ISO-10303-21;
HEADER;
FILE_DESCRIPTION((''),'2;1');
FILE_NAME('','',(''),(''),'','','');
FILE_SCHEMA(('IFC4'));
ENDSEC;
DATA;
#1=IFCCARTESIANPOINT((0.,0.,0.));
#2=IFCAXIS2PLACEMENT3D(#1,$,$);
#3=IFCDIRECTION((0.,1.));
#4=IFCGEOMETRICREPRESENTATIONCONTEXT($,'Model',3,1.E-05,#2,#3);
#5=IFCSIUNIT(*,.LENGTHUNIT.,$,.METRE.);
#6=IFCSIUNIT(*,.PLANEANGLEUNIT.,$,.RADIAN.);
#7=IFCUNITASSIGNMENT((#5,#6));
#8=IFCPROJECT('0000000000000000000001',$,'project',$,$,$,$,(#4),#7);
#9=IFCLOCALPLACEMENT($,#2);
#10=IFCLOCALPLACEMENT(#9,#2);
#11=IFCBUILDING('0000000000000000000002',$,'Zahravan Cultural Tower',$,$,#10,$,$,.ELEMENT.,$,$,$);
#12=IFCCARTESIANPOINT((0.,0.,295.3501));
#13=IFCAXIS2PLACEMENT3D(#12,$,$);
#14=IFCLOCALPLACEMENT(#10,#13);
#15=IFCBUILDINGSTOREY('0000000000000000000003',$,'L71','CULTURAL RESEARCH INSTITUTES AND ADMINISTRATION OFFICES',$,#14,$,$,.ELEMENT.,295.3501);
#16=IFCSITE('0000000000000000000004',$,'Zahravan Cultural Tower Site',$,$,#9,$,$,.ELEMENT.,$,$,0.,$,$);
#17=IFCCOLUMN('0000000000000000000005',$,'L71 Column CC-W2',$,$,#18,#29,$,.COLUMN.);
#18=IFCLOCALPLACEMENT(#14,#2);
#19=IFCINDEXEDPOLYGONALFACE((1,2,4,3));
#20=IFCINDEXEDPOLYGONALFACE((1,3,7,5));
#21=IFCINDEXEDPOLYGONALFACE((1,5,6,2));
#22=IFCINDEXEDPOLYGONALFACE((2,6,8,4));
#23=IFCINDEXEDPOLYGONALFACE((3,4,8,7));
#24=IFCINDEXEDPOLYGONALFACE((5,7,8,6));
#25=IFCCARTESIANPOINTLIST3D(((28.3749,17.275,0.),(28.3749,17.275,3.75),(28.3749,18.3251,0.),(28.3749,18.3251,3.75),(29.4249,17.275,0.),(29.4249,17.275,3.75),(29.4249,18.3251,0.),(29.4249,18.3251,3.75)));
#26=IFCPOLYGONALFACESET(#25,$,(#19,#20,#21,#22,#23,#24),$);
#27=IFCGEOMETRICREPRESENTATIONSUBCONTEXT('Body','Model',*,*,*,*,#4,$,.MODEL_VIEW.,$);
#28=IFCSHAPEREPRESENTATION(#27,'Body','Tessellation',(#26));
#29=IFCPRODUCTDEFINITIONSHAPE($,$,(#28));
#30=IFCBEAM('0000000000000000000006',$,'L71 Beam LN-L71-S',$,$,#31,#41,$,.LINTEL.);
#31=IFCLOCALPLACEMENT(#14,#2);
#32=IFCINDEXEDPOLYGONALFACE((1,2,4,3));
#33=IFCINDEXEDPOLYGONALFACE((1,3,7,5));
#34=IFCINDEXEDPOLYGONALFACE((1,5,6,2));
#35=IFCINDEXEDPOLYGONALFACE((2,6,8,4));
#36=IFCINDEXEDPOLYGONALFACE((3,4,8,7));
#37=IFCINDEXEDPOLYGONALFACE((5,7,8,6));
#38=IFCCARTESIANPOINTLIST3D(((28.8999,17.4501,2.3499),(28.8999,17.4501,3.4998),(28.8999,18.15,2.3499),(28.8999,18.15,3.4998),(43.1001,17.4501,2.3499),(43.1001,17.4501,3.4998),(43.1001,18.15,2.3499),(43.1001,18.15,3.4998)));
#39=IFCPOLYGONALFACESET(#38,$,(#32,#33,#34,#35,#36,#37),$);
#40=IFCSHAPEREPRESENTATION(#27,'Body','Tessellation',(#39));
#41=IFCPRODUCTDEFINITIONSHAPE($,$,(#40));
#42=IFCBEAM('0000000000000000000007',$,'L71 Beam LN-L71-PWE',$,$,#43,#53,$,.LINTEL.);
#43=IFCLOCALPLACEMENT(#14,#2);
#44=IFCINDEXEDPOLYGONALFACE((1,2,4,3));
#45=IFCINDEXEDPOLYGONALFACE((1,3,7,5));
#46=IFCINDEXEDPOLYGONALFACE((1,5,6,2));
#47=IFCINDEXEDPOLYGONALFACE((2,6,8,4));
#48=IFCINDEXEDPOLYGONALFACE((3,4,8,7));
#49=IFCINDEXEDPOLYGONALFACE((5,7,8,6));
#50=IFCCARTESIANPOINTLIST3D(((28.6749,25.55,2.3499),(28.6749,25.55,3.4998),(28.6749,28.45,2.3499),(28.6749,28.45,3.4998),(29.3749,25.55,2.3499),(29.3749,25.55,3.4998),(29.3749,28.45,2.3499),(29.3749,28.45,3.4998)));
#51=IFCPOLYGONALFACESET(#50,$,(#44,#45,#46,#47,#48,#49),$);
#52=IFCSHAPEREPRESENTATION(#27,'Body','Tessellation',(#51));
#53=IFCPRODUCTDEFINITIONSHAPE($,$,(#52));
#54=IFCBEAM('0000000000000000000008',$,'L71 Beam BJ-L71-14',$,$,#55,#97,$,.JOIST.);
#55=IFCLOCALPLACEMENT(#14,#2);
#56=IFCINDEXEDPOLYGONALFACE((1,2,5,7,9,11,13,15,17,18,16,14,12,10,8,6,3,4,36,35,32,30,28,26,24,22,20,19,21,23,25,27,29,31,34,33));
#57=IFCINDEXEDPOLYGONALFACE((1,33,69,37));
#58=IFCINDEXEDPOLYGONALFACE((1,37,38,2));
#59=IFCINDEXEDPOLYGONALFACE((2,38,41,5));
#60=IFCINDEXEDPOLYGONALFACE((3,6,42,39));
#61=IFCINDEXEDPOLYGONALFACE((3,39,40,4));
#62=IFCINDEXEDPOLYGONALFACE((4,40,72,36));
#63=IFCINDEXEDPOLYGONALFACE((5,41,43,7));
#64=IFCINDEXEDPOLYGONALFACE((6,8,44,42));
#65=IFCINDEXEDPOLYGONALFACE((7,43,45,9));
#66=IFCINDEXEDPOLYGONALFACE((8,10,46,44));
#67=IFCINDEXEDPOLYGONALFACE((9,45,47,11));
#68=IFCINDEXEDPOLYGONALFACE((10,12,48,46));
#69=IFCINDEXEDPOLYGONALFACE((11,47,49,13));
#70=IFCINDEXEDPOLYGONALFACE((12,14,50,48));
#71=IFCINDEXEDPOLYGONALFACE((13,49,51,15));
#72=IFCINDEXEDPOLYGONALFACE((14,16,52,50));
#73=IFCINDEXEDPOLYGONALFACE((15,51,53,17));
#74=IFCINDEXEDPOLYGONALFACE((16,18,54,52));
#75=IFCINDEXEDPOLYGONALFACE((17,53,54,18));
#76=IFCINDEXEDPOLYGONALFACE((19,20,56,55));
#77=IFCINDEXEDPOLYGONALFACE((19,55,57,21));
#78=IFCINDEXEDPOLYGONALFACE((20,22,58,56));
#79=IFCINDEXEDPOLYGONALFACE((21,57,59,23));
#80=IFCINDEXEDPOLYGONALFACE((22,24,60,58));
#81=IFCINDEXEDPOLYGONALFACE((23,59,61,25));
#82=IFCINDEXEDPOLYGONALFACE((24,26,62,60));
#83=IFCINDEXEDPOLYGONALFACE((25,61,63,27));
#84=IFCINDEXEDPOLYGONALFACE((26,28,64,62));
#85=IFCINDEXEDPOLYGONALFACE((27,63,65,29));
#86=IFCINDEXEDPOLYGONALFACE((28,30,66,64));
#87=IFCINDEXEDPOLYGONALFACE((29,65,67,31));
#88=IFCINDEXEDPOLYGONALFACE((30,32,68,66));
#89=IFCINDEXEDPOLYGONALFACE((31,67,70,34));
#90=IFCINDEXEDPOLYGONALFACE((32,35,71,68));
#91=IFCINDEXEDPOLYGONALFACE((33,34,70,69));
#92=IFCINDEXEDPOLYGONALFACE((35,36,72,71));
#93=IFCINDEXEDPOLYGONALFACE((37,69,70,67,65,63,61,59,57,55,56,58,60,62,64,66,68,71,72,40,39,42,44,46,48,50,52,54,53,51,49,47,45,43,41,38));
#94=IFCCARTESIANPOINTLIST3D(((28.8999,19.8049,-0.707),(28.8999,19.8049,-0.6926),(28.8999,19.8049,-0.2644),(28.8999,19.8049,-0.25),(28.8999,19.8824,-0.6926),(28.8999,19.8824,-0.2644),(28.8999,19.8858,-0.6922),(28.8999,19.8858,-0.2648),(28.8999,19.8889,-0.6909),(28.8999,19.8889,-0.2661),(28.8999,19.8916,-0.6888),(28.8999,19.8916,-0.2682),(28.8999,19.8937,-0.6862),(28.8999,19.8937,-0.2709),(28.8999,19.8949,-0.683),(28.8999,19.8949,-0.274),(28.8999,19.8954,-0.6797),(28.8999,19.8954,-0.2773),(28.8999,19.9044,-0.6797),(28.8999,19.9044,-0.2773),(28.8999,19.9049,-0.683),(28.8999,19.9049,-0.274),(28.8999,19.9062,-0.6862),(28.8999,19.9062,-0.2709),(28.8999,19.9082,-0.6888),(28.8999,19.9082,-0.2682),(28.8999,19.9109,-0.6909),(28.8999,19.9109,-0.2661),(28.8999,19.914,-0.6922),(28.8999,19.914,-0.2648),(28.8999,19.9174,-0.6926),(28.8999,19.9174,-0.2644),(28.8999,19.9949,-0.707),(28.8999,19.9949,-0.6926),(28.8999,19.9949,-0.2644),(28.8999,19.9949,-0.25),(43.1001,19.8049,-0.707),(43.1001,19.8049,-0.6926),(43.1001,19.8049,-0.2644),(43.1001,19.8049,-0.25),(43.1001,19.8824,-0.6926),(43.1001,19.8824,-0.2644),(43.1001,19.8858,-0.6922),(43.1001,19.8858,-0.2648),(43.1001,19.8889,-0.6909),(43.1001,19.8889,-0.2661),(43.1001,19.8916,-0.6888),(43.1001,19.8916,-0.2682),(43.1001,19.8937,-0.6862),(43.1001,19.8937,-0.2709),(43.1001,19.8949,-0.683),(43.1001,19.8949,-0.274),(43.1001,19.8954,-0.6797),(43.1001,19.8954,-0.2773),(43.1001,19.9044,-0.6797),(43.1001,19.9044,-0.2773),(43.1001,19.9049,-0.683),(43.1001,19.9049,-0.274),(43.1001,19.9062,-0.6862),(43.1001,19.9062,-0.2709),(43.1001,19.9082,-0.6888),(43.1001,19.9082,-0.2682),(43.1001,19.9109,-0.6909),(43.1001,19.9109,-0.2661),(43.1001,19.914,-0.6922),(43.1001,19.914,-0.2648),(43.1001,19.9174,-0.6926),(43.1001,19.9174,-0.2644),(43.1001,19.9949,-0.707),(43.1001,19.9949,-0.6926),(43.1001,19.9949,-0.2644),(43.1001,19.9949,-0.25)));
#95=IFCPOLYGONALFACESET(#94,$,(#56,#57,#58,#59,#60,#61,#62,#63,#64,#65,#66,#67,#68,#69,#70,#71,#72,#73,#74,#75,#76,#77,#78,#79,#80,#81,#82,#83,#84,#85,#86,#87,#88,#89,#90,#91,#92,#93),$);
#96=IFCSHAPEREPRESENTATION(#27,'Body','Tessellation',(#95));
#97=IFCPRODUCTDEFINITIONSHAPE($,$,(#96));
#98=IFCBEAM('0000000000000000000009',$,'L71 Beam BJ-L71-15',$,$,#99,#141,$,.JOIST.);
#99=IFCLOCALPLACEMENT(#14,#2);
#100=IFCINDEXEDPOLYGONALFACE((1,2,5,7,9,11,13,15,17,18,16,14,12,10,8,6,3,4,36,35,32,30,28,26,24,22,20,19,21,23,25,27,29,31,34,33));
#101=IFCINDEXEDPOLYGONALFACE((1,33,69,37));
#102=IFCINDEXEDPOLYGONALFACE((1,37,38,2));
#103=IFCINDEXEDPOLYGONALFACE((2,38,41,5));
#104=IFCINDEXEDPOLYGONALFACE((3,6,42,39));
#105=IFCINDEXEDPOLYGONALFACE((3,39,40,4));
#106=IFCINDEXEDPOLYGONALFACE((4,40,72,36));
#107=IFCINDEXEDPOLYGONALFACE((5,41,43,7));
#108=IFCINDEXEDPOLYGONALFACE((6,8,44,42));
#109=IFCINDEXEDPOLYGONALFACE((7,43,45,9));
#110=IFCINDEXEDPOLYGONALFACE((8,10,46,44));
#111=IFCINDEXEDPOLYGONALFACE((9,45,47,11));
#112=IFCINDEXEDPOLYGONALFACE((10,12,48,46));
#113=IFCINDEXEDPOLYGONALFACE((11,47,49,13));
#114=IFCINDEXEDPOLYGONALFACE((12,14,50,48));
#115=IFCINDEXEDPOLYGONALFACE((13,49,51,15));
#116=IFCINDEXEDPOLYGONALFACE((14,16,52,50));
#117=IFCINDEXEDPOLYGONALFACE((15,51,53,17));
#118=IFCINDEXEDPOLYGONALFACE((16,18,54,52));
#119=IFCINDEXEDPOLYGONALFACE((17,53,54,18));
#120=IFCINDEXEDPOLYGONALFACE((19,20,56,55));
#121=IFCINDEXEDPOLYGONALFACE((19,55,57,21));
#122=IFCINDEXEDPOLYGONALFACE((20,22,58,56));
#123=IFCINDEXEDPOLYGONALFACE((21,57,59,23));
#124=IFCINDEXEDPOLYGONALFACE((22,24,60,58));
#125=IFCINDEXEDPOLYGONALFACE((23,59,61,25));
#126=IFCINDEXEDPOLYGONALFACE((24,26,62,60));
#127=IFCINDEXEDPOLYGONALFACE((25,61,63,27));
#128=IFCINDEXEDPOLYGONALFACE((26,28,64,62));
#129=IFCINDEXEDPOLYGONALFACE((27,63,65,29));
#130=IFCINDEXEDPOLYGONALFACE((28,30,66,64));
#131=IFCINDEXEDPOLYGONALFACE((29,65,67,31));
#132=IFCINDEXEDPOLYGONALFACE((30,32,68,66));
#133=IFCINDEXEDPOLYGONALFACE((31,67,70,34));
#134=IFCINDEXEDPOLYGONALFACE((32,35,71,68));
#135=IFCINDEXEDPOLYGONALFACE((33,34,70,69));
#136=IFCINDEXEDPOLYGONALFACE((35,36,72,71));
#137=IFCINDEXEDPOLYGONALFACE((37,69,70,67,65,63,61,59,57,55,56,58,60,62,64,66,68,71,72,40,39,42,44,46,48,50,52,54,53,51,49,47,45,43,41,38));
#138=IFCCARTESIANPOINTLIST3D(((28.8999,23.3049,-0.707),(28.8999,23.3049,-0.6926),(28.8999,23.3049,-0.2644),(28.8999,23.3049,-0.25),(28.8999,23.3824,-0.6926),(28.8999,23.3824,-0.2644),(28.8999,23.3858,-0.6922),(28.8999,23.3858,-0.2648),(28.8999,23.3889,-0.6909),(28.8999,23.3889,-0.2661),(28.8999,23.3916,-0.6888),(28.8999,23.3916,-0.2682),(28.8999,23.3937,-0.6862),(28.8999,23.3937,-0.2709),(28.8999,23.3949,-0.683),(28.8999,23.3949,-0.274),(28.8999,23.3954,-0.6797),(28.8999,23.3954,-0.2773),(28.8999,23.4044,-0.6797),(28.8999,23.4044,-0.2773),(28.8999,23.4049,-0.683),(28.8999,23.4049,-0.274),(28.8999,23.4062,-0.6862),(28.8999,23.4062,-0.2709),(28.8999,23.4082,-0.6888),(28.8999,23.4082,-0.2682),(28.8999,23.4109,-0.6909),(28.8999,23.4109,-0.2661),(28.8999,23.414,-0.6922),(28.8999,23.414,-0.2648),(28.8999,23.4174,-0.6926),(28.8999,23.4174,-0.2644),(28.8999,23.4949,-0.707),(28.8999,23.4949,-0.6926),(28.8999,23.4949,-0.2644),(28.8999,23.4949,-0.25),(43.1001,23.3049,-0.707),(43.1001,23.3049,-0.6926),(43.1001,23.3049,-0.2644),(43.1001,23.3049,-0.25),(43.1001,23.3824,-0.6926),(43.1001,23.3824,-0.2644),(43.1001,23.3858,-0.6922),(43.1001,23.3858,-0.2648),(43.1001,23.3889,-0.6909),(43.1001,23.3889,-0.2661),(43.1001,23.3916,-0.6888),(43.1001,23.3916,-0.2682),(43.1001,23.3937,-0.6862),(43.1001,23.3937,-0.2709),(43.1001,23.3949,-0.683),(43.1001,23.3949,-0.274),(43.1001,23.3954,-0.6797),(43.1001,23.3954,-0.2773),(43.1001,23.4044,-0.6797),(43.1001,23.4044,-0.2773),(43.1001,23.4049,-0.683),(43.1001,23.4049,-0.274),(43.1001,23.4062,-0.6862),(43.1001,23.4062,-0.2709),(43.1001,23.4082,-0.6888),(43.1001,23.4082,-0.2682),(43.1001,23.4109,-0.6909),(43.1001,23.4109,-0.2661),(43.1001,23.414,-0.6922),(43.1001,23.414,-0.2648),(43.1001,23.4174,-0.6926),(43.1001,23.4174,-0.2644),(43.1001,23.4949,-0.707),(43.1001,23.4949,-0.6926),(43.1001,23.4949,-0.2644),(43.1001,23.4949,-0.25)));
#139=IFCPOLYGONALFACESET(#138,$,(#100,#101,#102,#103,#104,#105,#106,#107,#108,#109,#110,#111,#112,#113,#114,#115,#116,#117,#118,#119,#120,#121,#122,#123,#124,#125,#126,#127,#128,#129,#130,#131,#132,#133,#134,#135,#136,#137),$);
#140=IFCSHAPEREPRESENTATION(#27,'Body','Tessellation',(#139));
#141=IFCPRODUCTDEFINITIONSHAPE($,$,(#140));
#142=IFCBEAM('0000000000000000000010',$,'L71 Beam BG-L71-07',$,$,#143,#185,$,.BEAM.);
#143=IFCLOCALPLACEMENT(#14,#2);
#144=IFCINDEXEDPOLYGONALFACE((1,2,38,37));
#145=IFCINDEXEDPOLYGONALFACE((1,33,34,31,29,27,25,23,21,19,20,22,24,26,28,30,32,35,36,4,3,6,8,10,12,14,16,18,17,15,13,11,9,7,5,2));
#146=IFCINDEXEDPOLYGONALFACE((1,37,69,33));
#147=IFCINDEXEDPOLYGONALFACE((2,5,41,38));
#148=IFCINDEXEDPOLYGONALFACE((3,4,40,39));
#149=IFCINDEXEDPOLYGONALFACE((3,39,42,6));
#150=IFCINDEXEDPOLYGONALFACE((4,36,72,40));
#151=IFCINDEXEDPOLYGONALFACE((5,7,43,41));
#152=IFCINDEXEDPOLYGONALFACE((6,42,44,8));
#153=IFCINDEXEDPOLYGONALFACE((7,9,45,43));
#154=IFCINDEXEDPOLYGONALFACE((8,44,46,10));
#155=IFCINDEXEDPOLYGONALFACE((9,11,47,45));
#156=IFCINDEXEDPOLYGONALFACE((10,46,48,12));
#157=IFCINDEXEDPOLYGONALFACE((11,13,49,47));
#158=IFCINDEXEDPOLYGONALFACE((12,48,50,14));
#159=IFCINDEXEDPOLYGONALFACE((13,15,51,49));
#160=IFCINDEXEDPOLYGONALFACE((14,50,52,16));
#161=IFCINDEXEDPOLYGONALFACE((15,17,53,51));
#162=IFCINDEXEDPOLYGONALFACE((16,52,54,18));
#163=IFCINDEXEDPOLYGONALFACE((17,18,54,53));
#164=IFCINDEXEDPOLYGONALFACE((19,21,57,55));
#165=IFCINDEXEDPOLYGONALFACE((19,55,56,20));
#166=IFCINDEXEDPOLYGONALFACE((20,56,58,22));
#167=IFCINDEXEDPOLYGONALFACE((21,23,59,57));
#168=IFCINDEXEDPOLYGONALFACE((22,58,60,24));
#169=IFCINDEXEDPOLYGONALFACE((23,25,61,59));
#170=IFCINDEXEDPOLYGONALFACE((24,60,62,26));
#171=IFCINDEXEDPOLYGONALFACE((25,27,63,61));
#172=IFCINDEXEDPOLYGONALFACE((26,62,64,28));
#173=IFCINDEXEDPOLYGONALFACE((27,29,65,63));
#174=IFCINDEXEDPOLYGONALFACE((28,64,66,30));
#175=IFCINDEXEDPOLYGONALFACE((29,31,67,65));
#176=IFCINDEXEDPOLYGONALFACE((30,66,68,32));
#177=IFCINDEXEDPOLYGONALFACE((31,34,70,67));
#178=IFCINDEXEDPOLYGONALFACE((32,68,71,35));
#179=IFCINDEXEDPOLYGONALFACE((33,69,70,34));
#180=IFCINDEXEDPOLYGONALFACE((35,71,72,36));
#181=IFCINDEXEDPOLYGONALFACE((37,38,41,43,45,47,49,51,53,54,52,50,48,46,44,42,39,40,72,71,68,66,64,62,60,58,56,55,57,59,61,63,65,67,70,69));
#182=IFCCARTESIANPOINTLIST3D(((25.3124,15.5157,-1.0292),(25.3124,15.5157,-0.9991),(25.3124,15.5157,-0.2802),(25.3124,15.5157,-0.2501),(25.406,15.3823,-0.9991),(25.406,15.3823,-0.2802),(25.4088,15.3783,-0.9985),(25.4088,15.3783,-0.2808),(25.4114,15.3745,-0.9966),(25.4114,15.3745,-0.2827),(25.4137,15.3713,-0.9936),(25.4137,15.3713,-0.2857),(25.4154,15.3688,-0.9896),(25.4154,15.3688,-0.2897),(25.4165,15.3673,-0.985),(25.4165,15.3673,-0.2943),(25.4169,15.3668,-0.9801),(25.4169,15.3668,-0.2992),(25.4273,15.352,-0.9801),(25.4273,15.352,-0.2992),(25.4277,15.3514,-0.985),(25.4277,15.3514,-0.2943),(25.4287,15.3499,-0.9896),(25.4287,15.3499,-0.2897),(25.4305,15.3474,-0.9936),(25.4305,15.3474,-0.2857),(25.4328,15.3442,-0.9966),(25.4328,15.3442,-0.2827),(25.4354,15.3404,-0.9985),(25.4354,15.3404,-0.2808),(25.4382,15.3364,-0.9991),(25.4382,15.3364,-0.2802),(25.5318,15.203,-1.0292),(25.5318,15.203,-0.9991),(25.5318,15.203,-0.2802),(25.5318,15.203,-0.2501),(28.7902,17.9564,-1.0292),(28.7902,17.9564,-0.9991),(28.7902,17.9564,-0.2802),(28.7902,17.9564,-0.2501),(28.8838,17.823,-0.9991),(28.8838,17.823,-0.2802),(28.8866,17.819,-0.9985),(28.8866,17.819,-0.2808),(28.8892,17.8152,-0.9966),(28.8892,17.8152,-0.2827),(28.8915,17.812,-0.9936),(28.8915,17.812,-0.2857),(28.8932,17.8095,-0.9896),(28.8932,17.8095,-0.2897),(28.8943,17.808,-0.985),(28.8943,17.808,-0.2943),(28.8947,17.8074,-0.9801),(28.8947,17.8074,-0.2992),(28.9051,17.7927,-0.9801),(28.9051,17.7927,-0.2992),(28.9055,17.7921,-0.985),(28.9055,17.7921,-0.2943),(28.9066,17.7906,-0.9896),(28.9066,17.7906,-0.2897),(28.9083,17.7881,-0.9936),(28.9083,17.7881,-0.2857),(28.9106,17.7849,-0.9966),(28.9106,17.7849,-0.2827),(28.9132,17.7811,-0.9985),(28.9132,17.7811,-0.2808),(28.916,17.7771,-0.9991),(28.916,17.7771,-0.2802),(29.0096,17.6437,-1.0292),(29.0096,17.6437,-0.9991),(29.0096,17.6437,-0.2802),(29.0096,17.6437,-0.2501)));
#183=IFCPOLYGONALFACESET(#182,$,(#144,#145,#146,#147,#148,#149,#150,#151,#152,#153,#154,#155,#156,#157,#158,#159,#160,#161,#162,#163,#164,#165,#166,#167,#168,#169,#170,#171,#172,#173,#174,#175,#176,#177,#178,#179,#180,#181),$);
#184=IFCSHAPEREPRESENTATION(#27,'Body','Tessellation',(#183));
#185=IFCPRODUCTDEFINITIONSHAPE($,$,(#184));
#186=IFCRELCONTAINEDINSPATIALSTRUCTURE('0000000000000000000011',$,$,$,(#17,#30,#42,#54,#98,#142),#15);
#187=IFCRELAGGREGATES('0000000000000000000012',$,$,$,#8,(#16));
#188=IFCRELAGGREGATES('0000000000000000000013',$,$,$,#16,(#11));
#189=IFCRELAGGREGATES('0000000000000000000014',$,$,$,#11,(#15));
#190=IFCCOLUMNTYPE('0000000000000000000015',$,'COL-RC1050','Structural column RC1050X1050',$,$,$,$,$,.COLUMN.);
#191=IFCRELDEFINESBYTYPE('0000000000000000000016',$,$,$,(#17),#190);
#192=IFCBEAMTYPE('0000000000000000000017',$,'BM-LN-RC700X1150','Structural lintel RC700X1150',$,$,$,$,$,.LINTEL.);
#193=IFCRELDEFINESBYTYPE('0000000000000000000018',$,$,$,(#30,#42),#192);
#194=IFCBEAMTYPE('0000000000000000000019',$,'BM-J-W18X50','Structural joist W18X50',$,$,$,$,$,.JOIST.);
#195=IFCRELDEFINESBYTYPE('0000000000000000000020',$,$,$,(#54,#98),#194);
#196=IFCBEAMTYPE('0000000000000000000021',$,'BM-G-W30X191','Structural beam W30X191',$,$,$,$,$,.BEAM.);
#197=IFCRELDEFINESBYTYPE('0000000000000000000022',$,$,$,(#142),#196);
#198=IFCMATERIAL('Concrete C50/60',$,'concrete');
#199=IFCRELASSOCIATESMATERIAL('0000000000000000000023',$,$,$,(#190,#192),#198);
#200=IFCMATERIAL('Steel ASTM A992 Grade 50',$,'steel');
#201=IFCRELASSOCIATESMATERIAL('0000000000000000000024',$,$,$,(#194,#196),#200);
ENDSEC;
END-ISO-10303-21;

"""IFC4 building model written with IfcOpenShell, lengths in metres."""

from ifc_helpers import new_model, si_unit, direction, frame, origin, origin_2d, place, context, subcontext, project, spatial, rectangle, i_section, extrude, source, transform, mapped, material, material_profile, profile_set, type_object, element, save


model = new_model("IFC4")

# Units and contexts
model_context = context("Model", 3, precision=1e-05, world=origin(), true_north=direction((0.0, 1.0)))
body_context = subcontext(model_context, "Body", "Model", "MODEL_VIEW")
ifc_project = project(units=[si_unit("LENGTHUNIT", "METRE"), si_unit("PLANEANGLEUNIT", "RADIAN")], contexts=[model_context])

# Site, building, storey
site_placement = place(None, origin())
site = spatial("IfcSite", under=ifc_project, at=site_placement, Name="Zahravan Cultural Tower Site", CompositionType="ELEMENT", RefElevation=0.0)
building_placement = place(site_placement, origin())
building = spatial("IfcBuilding", under=site, at=building_placement, Name="Zahravan Cultural Tower", CompositionType="ELEMENT")
storey_placement = place(building_placement, frame((0.0, 0.0, 295.3501)))
storey = spatial("IfcBuildingStorey", under=building, at=storey_placement, Name="L71", Description="CULTURAL RESEARCH INSTITUTES AND ADMINISTRATION OFFICES", CompositionType="ELEMENT", Elevation=295.3501)

# Column
ifc_material_1 = material(Name="Concrete C50/60", Category="concrete")
ifc_material_profile_1 = material_profile(ifc_material_1, rectangle(XDim=1.05, YDim=1.05, at=origin_2d()), Name="RC1050X1050")
ifc_profile_set_1 = profile_set([ifc_material_profile_1], Name="Concrete C50/60")
column_type = type_object("IfcColumnType", Name="COL-RC1050", Description="Structural column RC1050X1050", PredefinedType="COLUMN", material=ifc_profile_set_1)
shared_shape_1 = source(origin(), body_context, "Body", "SweptSolid", [
    extrude(rectangle(XDim=1.05, YDim=1.05, at=origin_2d()), origin(), (0.0, 0.0, 1.0), 3.75),
])
column_placement = place(storey_placement, frame((28.8999, 17.8, 0.0), z_axis=(0.0, 0.0, 1.0), x_axis=(1.0, 0.0, 0.0)))
element("IfcColumn", 1, at=column_placement, inside=storey, type_object=column_type, Name="L71 Column CC-W2", PredefinedType="COLUMN", context=body_context, shape_type="MappedRepresentation", body=[
    mapped(shared_shape_1, transform((0.0, 0.0, 0.0), x_axis=(1.0, 0.0, 0.0), y_axis=(0.0, 1.0, 0.0), z_axis=(0.0, 0.0, 1.0), scale=1.0)),
])

# Beams
ifc_material_profile_2 = material_profile(ifc_material_1, rectangle(XDim=0.7, YDim=1.1499, at=origin_2d()), Name="RC700X1150")
ifc_profile_set_2 = profile_set([ifc_material_profile_2], Name="Concrete C50/60")
beam_type_1 = type_object("IfcBeamType", Name="BM-LN-RC700X1150", Description="Structural lintel RC700X1150", PredefinedType="LINTEL", material=ifc_profile_set_2)
shared_shape_2 = source(origin(), body_context, "Body", "SweptSolid", [
    extrude(rectangle(XDim=0.7, YDim=1.1499, at=origin_2d()), origin(), (0.0, 0.0, 1.0), 14.2002),
])
beam_1_placement = place(storey_placement, frame((28.8999, 17.8, 2.9248), z_axis=(1.0, 0.0, 0.0), x_axis=(0.0, 1.0, 0.0)))
element("IfcBeam", 2, at=beam_1_placement, inside=storey, type_object=beam_type_1, Name="L71 Beam LN-L71-S", PredefinedType="LINTEL", context=body_context, shape_type="MappedRepresentation", body=[
    mapped(shared_shape_2, transform((0.0, 0.0, 0.0), x_axis=(1.0, 0.0, 0.0), y_axis=(0.0, 1.0, 0.0), z_axis=(0.0, 0.0, 1.0), scale=1.0)),
])
shared_shape_3 = source(origin(), body_context, "Body", "SweptSolid", [
    extrude(rectangle(XDim=0.7, YDim=1.1499, at=origin_2d()), origin(), (0.0, 0.0, 1.0), 2.8999),
])
beam_2_placement = place(storey_placement, frame((29.0249, 25.55, 2.9248), z_axis=(0.0, 1.0, 0.0), x_axis=(-1.0, 0.0, 0.0)))
element("IfcBeam", 3, at=beam_2_placement, inside=storey, type_object=beam_type_1, Name="L71 Beam LN-L71-PWE", PredefinedType="LINTEL", context=body_context, shape_type="MappedRepresentation", body=[
    mapped(shared_shape_3, transform((0.0, 0.0, 0.0), x_axis=(1.0, 0.0, 0.0), y_axis=(0.0, 1.0, 0.0), z_axis=(0.0, 0.0, 1.0), scale=1.0)),
])
ifc_material_2 = material(Name="Steel ASTM A992 Grade 50", Category="steel")
ifc_material_profile_3 = material_profile(ifc_material_2, i_section(OverallWidth=0.1899, OverallDepth=0.457, WebThickness=0.009, FlangeThickness=0.0144, FilletRadius=0.0129, at=origin_2d()), Name="W18X50")
ifc_profile_set_3 = profile_set([ifc_material_profile_3], Name="Steel ASTM A992 Grade 50")
beam_type_2 = type_object("IfcBeamType", Name="BM-J-W18X50", Description="Structural joist W18X50", PredefinedType="JOIST", material=ifc_profile_set_3)
shared_shape_4 = source(origin(), body_context, "Body", "SweptSolid", [
    extrude(i_section(OverallWidth=0.1899, OverallDepth=0.457, WebThickness=0.009, FlangeThickness=0.0144, FilletRadius=0.0129, at=origin_2d()), origin(), (0.0, 0.0, 1.0), 14.2002),
])
for number, where, z_axis, x_axis, name in (
    (4, (28.8999, 19.8999, -0.4785), (1.0, 0.0, 0.0), (0.0, 1.0, 0.0), "L71 Beam BJ-L71-14"),
    (5, (28.8999, 23.3999, -0.4785), (1.0, 0.0, 0.0), (0.0, 1.0, 0.0), "L71 Beam BJ-L71-15"),
):
    element("IfcBeam", number, at=place(storey_placement, frame(where, z_axis=z_axis, x_axis=x_axis)), inside=storey, type_object=beam_type_2, Name=name, PredefinedType="JOIST", context=body_context, shape_type="MappedRepresentation", body=[
        mapped(shared_shape_4, transform((0.0, 0.0, 0.0), x_axis=(1.0, 0.0, 0.0), y_axis=(0.0, 1.0, 0.0), z_axis=(0.0, 0.0, 1.0), scale=1.0)),
    ])
ifc_material_profile_4 = material_profile(ifc_material_2, i_section(OverallWidth=0.3821, OverallDepth=0.7791, WebThickness=0.0181, FlangeThickness=0.03, FilletRadius=0.019, at=origin_2d()), Name="W30X191")
ifc_profile_set_4 = profile_set([ifc_material_profile_4], Name="Steel ASTM A992 Grade 50")
beam_type_3 = type_object("IfcBeamType", Name="BM-G-W30X191", Description="Structural beam W30X191", PredefinedType="BEAM", material=ifc_profile_set_4)
shared_shape_5 = source(origin(), body_context, "Body", "SweptSolid", [
    extrude(i_section(OverallWidth=0.3821, OverallDepth=0.7791, WebThickness=0.0181, FlangeThickness=0.03, FilletRadius=0.019, at=origin_2d()), origin(), (0.0, 0.0, 1.0), 4.2488),
])
beam_3_placement = place(storey_placement, frame((28.8999, 17.8, -0.6396), z_axis=(-0.818543, -0.574445, 0.0), x_axis=(0.574445, -0.818543, 0.0)))
element("IfcBeam", 6, at=beam_3_placement, inside=storey, type_object=beam_type_3, Name="L71 Beam BG-L71-07", PredefinedType="BEAM", context=body_context, shape_type="MappedRepresentation", body=[
    mapped(shared_shape_5, transform((0.0, 0.0, 0.0), x_axis=(1.0, 0.0, 0.0), y_axis=(0.0, 1.0, 0.0), z_axis=(0.0, 0.0, 1.0), scale=1.0)),
])

save(model, "model.ifc")
